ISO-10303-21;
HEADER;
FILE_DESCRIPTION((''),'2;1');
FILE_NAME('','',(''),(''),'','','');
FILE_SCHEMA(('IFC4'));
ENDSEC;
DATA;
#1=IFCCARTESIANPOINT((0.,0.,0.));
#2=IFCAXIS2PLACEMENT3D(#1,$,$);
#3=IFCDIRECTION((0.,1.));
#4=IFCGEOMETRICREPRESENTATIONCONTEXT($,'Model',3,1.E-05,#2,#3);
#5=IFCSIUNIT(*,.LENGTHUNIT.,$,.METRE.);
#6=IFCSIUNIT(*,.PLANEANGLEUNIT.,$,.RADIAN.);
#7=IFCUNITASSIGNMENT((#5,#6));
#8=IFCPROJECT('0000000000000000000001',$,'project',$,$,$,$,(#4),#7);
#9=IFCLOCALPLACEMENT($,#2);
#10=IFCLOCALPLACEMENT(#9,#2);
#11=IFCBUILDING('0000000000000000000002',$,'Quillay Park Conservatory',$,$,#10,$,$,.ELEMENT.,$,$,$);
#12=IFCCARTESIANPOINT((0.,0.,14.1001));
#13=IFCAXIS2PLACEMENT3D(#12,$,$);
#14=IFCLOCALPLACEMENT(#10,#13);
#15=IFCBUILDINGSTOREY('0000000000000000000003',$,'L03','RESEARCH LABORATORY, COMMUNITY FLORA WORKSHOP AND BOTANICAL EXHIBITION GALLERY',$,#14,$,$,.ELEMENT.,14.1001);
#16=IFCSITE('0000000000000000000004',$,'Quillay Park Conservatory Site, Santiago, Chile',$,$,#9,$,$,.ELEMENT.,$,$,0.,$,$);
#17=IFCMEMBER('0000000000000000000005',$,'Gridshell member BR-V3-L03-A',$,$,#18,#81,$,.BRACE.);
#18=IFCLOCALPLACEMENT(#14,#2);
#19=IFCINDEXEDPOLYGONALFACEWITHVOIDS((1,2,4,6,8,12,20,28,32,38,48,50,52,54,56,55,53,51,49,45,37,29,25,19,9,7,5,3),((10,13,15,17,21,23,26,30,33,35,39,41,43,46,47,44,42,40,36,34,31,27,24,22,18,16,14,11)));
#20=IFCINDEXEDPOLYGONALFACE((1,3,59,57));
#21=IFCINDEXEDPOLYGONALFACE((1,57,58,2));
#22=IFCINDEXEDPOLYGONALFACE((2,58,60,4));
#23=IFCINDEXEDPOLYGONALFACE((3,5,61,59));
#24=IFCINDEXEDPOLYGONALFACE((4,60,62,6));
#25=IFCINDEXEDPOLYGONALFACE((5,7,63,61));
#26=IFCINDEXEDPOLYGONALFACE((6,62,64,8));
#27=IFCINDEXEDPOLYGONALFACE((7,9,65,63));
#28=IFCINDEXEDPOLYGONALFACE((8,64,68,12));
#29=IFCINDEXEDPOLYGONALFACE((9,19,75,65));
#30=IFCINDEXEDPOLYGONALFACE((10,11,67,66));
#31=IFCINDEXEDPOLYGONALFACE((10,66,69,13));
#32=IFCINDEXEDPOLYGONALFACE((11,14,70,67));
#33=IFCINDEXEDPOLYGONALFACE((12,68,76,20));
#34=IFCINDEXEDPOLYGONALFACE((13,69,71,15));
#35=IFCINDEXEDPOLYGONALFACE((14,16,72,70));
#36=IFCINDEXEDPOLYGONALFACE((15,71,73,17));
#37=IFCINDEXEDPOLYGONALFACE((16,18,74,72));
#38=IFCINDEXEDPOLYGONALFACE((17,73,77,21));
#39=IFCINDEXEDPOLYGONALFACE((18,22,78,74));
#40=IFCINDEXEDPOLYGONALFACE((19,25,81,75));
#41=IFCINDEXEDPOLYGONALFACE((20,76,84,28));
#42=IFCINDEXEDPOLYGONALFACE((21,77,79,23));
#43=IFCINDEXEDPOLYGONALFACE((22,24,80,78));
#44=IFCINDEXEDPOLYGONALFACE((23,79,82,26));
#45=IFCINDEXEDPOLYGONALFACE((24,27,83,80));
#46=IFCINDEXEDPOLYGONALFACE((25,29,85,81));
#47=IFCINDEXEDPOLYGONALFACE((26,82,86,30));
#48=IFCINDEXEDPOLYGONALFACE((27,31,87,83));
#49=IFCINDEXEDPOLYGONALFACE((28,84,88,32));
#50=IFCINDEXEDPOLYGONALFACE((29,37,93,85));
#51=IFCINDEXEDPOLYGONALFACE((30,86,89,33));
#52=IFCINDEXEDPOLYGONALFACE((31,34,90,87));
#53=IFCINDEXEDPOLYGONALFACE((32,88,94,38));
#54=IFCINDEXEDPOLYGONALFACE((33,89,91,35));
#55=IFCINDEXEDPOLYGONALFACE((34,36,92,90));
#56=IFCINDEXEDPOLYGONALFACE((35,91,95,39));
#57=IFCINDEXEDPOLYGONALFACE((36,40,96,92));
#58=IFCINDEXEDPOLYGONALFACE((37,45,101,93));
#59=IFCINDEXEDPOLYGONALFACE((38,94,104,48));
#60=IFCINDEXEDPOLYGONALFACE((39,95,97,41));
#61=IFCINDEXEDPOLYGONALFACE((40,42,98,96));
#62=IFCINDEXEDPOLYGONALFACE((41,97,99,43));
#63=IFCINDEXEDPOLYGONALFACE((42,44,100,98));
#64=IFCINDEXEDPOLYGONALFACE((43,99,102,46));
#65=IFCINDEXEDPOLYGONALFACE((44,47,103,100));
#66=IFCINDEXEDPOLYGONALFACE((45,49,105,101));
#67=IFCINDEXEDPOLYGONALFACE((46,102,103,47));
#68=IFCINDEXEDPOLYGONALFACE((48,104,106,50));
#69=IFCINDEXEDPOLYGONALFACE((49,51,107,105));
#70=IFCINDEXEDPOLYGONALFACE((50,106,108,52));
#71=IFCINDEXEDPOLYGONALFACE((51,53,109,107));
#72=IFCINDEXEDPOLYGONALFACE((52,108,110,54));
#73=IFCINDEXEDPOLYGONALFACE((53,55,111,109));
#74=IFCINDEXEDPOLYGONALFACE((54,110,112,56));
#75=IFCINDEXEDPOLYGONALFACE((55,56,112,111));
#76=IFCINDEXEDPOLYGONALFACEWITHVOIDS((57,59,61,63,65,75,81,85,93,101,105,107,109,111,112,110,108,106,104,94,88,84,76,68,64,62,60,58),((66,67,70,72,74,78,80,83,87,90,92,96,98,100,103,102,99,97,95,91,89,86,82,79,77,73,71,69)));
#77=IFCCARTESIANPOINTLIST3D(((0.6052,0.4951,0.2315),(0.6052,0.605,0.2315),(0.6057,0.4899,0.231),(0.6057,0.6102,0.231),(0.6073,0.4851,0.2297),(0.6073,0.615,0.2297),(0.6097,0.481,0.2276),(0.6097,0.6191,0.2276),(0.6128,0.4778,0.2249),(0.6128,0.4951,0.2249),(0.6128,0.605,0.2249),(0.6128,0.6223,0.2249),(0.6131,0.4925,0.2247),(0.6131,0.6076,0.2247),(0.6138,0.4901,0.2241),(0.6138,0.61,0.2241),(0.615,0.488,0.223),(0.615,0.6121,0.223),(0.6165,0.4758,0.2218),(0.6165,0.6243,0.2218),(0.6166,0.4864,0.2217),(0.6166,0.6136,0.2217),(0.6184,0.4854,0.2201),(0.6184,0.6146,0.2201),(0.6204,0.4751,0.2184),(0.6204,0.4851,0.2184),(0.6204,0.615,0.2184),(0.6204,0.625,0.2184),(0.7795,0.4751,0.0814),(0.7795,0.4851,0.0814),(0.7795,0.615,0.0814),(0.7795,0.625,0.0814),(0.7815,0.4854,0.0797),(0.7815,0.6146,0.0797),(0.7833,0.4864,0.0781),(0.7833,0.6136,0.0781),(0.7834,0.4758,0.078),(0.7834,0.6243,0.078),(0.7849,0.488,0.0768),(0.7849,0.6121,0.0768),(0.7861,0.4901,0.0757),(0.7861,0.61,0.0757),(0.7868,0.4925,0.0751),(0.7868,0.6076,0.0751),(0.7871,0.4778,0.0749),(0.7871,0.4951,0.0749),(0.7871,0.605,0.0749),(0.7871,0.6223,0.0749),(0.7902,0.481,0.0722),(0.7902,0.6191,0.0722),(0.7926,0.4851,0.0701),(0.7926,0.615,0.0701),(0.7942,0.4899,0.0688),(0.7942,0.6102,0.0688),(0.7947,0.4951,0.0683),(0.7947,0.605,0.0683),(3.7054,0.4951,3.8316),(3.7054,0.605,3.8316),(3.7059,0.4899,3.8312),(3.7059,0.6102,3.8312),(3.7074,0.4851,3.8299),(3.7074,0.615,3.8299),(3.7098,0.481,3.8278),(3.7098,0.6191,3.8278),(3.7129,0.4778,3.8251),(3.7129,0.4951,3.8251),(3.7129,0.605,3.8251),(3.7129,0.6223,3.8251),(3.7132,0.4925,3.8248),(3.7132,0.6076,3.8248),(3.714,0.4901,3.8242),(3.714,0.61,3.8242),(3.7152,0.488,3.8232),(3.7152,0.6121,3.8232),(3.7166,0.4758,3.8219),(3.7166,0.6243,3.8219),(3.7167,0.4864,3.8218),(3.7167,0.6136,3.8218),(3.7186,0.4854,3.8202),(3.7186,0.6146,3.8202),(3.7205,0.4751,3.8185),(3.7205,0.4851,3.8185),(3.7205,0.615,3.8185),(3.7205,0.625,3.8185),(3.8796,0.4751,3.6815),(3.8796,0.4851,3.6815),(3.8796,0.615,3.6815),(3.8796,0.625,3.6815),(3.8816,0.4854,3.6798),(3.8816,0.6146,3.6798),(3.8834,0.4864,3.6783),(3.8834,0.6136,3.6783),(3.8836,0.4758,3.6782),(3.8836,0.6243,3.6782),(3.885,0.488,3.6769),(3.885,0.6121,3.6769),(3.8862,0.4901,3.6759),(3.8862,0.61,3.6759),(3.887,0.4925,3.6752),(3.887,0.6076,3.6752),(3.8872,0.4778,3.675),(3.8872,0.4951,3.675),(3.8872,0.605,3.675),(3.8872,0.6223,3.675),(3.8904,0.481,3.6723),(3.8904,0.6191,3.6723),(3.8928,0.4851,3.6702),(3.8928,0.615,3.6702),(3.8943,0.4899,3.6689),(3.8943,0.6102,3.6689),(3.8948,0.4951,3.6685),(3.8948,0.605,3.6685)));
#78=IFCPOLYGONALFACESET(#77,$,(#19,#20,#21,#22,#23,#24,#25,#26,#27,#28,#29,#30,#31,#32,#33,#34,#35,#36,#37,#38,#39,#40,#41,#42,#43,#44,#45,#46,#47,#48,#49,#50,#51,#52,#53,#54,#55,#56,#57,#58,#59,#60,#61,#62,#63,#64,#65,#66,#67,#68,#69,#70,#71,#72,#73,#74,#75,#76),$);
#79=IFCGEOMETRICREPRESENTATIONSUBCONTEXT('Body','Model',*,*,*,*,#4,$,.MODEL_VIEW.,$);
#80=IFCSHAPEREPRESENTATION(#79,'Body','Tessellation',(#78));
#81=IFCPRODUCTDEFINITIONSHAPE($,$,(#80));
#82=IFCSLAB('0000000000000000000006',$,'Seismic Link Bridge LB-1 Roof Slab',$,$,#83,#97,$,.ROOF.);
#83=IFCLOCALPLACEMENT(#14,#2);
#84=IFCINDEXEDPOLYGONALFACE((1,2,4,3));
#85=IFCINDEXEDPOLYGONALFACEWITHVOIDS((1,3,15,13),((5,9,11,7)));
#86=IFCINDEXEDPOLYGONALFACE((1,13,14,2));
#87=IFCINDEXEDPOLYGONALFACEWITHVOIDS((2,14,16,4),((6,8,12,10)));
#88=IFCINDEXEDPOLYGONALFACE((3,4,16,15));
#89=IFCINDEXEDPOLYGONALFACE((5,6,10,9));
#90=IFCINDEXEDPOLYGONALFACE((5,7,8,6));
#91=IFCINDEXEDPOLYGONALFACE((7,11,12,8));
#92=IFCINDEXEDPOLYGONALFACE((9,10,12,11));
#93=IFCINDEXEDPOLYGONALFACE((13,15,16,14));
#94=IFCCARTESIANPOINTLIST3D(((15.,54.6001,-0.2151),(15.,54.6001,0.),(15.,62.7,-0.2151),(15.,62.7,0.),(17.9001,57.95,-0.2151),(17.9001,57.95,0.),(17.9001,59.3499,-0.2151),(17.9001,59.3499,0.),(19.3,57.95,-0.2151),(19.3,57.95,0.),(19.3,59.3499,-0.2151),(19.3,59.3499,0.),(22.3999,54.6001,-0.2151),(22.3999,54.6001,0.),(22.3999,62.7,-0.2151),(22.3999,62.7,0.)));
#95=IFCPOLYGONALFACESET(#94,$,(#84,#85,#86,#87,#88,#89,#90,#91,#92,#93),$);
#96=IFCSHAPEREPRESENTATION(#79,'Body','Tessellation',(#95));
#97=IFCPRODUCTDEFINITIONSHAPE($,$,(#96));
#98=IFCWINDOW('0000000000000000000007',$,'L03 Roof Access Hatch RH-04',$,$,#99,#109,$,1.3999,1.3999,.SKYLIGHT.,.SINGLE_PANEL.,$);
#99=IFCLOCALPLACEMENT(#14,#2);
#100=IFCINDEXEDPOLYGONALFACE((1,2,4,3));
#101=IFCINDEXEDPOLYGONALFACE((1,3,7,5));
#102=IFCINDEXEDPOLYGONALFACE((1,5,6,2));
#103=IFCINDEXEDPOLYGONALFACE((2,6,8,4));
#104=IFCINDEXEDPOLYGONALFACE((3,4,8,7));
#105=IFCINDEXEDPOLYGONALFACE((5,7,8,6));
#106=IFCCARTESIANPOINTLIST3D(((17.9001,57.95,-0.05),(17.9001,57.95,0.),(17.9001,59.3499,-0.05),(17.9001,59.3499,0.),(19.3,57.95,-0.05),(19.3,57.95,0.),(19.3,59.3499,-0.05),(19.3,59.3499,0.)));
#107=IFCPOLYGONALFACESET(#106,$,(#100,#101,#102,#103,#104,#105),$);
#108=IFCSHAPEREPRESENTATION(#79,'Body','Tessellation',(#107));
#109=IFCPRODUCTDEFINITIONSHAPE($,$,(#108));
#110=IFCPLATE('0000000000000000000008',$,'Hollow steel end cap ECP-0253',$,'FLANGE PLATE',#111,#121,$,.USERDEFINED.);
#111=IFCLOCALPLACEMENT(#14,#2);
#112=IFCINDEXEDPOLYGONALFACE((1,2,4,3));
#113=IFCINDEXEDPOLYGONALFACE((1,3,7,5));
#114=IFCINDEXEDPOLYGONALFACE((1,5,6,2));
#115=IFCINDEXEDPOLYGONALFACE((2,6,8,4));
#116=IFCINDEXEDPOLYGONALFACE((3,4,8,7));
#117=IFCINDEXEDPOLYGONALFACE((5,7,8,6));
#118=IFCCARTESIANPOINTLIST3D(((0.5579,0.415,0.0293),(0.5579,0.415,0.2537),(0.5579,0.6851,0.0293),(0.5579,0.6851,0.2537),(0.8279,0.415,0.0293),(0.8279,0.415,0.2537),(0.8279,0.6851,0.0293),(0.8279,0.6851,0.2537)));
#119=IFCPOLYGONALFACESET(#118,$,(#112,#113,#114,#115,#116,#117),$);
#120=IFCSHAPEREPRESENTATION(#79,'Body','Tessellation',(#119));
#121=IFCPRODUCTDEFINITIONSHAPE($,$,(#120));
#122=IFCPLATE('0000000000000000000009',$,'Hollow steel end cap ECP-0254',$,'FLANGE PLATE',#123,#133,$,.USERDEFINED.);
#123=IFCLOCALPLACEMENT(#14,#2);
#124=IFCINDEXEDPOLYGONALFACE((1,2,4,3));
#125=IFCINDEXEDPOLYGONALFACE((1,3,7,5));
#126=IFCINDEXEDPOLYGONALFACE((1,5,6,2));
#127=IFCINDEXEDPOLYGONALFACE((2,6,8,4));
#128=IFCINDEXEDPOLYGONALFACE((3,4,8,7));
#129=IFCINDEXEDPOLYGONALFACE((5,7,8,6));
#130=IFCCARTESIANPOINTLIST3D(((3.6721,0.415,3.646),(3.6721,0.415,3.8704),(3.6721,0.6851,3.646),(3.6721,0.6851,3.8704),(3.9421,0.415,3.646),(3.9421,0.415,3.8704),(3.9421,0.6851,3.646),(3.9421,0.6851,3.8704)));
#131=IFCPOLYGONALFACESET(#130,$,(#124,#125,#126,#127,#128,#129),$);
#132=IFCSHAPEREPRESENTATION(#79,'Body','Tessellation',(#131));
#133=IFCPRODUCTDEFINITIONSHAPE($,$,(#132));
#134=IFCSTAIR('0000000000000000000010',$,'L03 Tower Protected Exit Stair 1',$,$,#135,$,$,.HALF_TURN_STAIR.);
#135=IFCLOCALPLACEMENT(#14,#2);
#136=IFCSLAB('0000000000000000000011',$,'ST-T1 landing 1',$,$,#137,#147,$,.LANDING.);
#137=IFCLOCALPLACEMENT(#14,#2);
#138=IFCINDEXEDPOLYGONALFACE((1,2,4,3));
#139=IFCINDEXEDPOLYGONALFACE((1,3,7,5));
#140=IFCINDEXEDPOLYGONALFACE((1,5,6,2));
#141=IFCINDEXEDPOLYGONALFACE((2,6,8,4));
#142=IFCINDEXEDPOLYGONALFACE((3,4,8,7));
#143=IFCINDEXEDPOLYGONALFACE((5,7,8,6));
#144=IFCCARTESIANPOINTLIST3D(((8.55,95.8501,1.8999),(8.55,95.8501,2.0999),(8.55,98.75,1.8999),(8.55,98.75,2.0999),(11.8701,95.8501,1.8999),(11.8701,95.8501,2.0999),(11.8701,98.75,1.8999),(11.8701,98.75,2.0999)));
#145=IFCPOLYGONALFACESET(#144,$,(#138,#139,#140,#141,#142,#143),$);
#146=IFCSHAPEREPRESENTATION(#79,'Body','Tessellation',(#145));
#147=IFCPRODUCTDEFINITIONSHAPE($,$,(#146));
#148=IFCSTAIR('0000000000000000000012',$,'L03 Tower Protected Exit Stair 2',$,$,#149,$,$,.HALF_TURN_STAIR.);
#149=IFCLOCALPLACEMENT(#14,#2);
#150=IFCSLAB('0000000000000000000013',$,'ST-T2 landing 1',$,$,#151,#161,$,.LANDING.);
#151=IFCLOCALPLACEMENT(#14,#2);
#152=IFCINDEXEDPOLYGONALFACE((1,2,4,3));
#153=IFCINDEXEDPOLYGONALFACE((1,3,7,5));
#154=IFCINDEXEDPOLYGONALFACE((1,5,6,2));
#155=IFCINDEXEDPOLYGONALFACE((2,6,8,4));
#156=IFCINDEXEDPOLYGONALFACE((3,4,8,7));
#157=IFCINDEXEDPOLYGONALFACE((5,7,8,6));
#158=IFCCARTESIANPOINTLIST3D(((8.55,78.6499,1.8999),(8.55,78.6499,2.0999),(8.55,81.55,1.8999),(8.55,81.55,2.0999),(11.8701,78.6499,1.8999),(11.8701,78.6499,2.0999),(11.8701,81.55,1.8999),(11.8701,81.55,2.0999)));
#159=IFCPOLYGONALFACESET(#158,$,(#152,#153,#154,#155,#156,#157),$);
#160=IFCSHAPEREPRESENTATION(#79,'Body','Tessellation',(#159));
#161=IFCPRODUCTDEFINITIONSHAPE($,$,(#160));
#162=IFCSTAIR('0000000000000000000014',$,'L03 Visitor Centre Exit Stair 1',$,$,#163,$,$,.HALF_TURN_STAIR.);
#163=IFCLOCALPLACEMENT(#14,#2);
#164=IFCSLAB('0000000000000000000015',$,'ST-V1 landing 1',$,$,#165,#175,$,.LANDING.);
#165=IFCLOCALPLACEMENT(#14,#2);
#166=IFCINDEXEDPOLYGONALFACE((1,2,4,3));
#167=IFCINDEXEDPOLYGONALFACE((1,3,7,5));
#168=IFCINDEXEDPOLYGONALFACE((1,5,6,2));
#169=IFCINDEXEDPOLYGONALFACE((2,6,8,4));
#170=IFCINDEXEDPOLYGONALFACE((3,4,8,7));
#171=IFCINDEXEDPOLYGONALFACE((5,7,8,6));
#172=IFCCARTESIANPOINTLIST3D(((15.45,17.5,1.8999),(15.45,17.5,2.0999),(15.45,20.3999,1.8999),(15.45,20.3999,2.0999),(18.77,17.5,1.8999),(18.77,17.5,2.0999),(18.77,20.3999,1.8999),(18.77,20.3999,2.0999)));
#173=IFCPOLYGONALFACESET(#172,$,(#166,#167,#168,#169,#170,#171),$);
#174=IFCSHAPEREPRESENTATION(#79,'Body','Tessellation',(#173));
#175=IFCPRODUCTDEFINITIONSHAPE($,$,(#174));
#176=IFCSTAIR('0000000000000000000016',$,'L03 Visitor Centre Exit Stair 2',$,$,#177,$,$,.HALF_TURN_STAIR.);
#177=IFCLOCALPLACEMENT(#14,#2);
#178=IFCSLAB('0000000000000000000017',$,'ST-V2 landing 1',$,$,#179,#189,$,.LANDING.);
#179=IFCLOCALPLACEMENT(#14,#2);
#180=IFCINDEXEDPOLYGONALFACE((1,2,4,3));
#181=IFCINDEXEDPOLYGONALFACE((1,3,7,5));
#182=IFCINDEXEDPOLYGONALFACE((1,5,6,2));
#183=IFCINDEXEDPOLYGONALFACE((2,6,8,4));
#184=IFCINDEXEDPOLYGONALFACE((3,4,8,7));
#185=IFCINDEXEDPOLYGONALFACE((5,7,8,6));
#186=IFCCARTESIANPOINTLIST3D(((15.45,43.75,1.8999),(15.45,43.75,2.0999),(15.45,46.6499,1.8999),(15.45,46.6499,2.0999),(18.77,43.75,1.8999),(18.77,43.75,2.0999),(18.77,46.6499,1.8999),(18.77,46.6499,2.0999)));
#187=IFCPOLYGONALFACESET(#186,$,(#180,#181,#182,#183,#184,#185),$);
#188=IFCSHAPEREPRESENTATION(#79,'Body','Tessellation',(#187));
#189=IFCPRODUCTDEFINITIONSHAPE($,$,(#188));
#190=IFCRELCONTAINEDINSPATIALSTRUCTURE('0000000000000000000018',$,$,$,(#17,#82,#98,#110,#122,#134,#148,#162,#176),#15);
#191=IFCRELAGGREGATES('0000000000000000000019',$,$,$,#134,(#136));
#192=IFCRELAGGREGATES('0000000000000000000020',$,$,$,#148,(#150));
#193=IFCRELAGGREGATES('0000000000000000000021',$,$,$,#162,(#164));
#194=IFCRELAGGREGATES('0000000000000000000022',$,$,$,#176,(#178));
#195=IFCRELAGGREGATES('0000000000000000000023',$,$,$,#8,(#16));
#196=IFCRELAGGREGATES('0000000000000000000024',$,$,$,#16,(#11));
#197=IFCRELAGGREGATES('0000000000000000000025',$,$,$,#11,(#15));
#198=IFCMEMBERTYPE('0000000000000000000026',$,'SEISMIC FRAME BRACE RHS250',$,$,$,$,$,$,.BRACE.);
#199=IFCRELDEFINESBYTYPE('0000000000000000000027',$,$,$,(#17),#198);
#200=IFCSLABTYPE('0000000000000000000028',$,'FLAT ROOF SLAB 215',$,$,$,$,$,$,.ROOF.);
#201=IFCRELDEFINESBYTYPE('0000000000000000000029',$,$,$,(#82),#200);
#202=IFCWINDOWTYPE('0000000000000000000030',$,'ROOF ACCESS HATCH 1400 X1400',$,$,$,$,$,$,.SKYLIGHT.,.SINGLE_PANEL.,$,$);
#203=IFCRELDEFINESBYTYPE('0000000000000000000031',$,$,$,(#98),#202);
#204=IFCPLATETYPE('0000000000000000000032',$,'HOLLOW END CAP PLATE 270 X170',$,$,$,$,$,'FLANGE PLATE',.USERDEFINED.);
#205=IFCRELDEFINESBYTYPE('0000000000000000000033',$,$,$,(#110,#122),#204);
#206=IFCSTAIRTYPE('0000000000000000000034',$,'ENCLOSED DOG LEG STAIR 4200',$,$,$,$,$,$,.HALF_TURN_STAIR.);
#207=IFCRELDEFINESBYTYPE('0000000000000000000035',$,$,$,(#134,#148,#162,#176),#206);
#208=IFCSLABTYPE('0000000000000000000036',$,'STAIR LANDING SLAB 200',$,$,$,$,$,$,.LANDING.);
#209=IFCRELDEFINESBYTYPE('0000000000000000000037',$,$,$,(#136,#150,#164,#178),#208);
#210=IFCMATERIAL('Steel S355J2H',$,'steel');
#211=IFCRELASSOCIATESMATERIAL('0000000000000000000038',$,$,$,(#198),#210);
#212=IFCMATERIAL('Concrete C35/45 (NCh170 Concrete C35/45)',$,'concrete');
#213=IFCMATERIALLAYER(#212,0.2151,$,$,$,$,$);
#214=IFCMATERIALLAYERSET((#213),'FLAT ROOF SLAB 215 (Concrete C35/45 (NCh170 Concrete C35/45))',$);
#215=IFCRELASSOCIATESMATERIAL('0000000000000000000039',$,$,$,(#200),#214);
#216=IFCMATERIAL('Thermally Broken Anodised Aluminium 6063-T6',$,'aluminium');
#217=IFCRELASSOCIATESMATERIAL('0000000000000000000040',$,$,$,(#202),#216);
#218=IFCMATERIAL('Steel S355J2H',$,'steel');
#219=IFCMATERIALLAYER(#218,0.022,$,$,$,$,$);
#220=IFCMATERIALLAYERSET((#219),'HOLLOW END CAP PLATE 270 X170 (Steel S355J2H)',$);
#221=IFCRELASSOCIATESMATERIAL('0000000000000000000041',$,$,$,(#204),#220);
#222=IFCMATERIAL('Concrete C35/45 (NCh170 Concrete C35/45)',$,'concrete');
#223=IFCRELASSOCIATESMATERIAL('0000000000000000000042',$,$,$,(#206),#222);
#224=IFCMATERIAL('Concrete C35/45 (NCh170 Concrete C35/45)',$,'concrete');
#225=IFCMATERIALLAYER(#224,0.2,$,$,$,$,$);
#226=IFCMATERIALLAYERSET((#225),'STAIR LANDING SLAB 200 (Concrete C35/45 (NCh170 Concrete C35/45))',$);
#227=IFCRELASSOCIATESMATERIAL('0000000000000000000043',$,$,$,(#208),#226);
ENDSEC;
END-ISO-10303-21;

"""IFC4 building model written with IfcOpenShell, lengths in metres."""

from ifc_helpers import new_model, si_unit, direction, frame, origin, origin_2d, place, context, subcontext, project, spatial, polyline, rectangle, hollow_rectangle, outline, extrude, material, layer, layer_set, material_profile, profile_set, type_object, element, fill, aggregate, save


model = new_model("IFC4")

# Units and contexts
model_context = context("Model", 3, precision=1e-05, world=origin(), true_north=direction((0.0, 1.0)))
body_context = subcontext(model_context, "Body", "Model", "MODEL_VIEW")
ifc_project = project(units=[si_unit("LENGTHUNIT", "METRE"), si_unit("PLANEANGLEUNIT", "RADIAN")], contexts=[model_context])

# Site, building, storey
site_placement = place(None, origin())
site = spatial("IfcSite", under=ifc_project, at=site_placement, Name="Quillay Park Conservatory Site, Santiago, Chile", CompositionType="ELEMENT", RefElevation=0.0)
building_placement = place(site_placement, origin())
building = spatial("IfcBuilding", under=site, at=building_placement, Name="Quillay Park Conservatory", CompositionType="ELEMENT")
storey_placement = place(building_placement, frame((0.0, 0.0, 14.1001)))
storey = spatial("IfcBuildingStorey", under=building, at=storey_placement, Name="L03", Description="RESEARCH LABORATORY, COMMUNITY FLORA WORKSHOP AND BOTANICAL EXHIBITION GALLERY", CompositionType="ELEMENT", Elevation=14.1001)

# Member
ifc_material_1 = material(Name="Steel S355J2H", Category="steel")
ifc_material_profile_1 = material_profile(ifc_material_1, hollow_rectangle(XDim=0.1499, YDim=0.25, WallThickness=0.01, InnerFilletRadius=0.01, OuterFilletRadius=0.02, at=origin_2d()), Name="RHS250x150x10")
ifc_profile_set_1 = profile_set([ifc_material_profile_1], Name="Steel S355J2H")
member_type_1 = type_object("IfcMemberType", Name="SEISMIC FRAME BRACE RHS250", PredefinedType="BRACE", material=ifc_profile_set_1)
member_1_placement = place(storey_placement, frame((0.7, 0.55, 0.1499), z_axis=(0.652525, 0.0, 0.757767), x_axis=(0.0, 1.0, 0.0)))
element("IfcMember", 1, at=member_1_placement, inside=storey, type_object=member_type_1, Name="Gridshell member BR-V3-L03-A", PredefinedType="BRACE", context=body_context, shape_type="SweptSolid", body=[
    extrude(hollow_rectangle(XDim=0.1499, YDim=0.25, WallThickness=0.01, InnerFilletRadius=0.01, OuterFilletRadius=0.02, at=origin_2d()), origin(), (0.0, 0.0, 1.0), 4.751),
])

# Slab, opening, window
ifc_material_2 = material(Name="Concrete C35/45 (NCh170 Concrete C35/45)", Category="concrete")
ifc_layer_1 = layer(ifc_material_2, 0.2151)
ifc_layer_set_1 = layer_set([ifc_layer_1], Name="FLAT ROOF SLAB 215 (Concrete C35/45 (NCh170 Concrete C35/45))")
slab_type_1 = type_object("IfcSlabType", Name="FLAT ROOF SLAB 215", PredefinedType="ROOF", material=ifc_layer_set_1)
slab_1_placement = place(storey_placement, frame((0.0, 0.0, -0.2151)))
slab_1 = element("IfcSlab", 2, at=slab_1_placement, inside=storey, type_object=slab_type_1, Name="Seismic Link Bridge LB-1 Roof Slab", PredefinedType="ROOF", context=body_context, shape_type="SweptSolid", body=[
    extrude(outline(polyline([(15.0, 54.6001), (22.3999, 54.6001), (22.3999, 62.7), (15.0, 62.7), (15.0, 54.6001)])), origin(), (0.0, 0.0, 1.0), 0.2151),
])
opening_1_placement = place(slab_1_placement, frame((18.6001, 58.6499, 0.0)))
opening_1 = element("IfcOpeningElement", 3, at=opening_1_placement, cuts=slab_1, PredefinedType="OPENING", context=body_context, shape_type="SweptSolid", body=[
    extrude(rectangle(XDim=1.3999, YDim=1.3999, at=origin_2d()), origin(), (0.0, 0.0, 1.0), 0.2151),
])
ifc_material_3 = material(Name="Thermally Broken Anodised Aluminium 6063-T6", Category="aluminium")
window_type_1 = type_object("IfcWindowType", Name="ROOF ACCESS HATCH 1400 X1400", PartitioningType="SINGLE_PANEL", PredefinedType="SKYLIGHT", material=ifc_material_3)
window_1_placement = place(opening_1_placement, frame((0.0, 0.0, 0.165)))
window_1 = element("IfcWindow", 4, at=window_1_placement, inside=storey, type_object=window_type_1, Name="L03 Roof Access Hatch RH-04", OverallHeight=1.3999, OverallWidth=1.3999, PartitioningType="SINGLE_PANEL", PredefinedType="SKYLIGHT", context=body_context, shape_type="SweptSolid", body=[
    extrude(rectangle(XDim=1.3999, YDim=1.3999, at=origin_2d()), origin(), (0.0, 0.0, 1.0), 0.05),
])
fill(opening_1, window_1)

# Plates
ifc_material_4 = material(Name="Steel S355J2H", Category="steel")
ifc_layer_2 = layer(ifc_material_4, 0.022)
ifc_layer_set_2 = layer_set([ifc_layer_2], Name="HOLLOW END CAP PLATE 270 X170 (Steel S355J2H)")
plate_type = type_object("IfcPlateType", Name="HOLLOW END CAP PLATE 270 X170", ElementType="FLANGE PLATE", PredefinedType="USERDEFINED", material=ifc_layer_set_2)
for number, where, z_axis, x_axis, name in (
    (5, (0.6929, 0.55, 0.0293), (0.0, 0.0, 1.0), (1.0, 0.0, 0.0), "Hollow steel end cap ECP-0253"),
    (6, (3.8071, 0.55, 3.646), (0.0, 0.0, 1.0), (1.0, 0.0, 0.0), "Hollow steel end cap ECP-0254"),
):
    element("IfcPlate", number, at=place(storey_placement, frame(where, z_axis=z_axis, x_axis=x_axis)), inside=storey, type_object=plate_type, Name=name, ObjectType="FLANGE PLATE", PredefinedType="USERDEFINED", context=body_context, shape_type="SweptSolid", body=[
        extrude(rectangle(XDim=0.27, YDim=0.27, at=origin_2d()), origin(), (0.0, 0.0, 1.0), 0.2244),
    ])

# Stairs, slabs
ifc_material_5 = material(Name="Concrete C35/45 (NCh170 Concrete C35/45)", Category="concrete")
stair_type = type_object("IfcStairType", Name="ENCLOSED DOG LEG STAIR 4200", PredefinedType="HALF_TURN_STAIR", material=ifc_material_5)
stair_1_placement = place(storey_placement, origin())
stair_1 = element("IfcStair", 7, at=stair_1_placement, inside=storey, type_object=stair_type, Name="L03 Tower Protected Exit Stair 1", PredefinedType="HALF_TURN_STAIR")
ifc_material_6 = material(Name="Concrete C35/45 (NCh170 Concrete C35/45)", Category="concrete")
ifc_layer_3 = layer(ifc_material_6, 0.2)
ifc_layer_set_3 = layer_set([ifc_layer_3], Name="STAIR LANDING SLAB 200 (Concrete C35/45 (NCh170 Concrete C35/45))")
slab_type_2 = type_object("IfcSlabType", Name="STAIR LANDING SLAB 200", PredefinedType="LANDING", material=ifc_layer_set_3)
slab_2_placement = place(storey_placement, frame((0.0, 0.0, 1.8999)))
slab_2 = element("IfcSlab", 8, at=slab_2_placement, type_object=slab_type_2, Name="ST-T1 landing 1", PredefinedType="LANDING", context=body_context, shape_type="SweptSolid", body=[
    extrude(outline(polyline([(11.8701, 95.8501), (11.8701, 98.75), (8.55, 98.75), (8.55, 95.8501), (11.8701, 95.8501)])), origin(), (0.0, 0.0, 1.0), 0.2),
])
aggregate(stair_1, [slab_2])
stair_2_placement = place(storey_placement, origin())
stair_2 = element("IfcStair", 9, at=stair_2_placement, inside=storey, type_object=stair_type, Name="L03 Tower Protected Exit Stair 2", PredefinedType="HALF_TURN_STAIR")
slab_3_placement = place(storey_placement, frame((0.0, 0.0, 1.8999)))
slab_3 = element("IfcSlab", 10, at=slab_3_placement, type_object=slab_type_2, Name="ST-T2 landing 1", PredefinedType="LANDING", context=body_context, shape_type="SweptSolid", body=[
    extrude(outline(polyline([(8.55, 81.55), (8.55, 78.6499), (11.8701, 78.6499), (11.8701, 81.55), (8.55, 81.55)])), origin(), (0.0, 0.0, 1.0), 0.2),
])
aggregate(stair_2, [slab_3])
stair_3_placement = place(storey_placement, origin())
stair_3 = element("IfcStair", 11, at=stair_3_placement, inside=storey, type_object=stair_type, Name="L03 Visitor Centre Exit Stair 1", PredefinedType="HALF_TURN_STAIR")
slab_4_placement = place(storey_placement, frame((0.0, 0.0, 1.8999)))
slab_4 = element("IfcSlab", 12, at=slab_4_placement, type_object=slab_type_2, Name="ST-V1 landing 1", PredefinedType="LANDING", context=body_context, shape_type="SweptSolid", body=[
    extrude(outline(polyline([(15.45, 20.3999), (15.45, 17.5), (18.77, 17.5), (18.77, 20.3999), (15.45, 20.3999)])), origin(), (0.0, 0.0, 1.0), 0.2),
])
aggregate(stair_3, [slab_4])
stair_4_placement = place(storey_placement, origin())
stair_4 = element("IfcStair", 13, at=stair_4_placement, inside=storey, type_object=stair_type, Name="L03 Visitor Centre Exit Stair 2", PredefinedType="HALF_TURN_STAIR")
slab_5_placement = place(storey_placement, frame((0.0, 0.0, 1.8999)))
slab_5 = element("IfcSlab", 14, at=slab_5_placement, type_object=slab_type_2, Name="ST-V2 landing 1", PredefinedType="LANDING", context=body_context, shape_type="SweptSolid", body=[
    extrude(outline(polyline([(18.77, 43.75), (18.77, 46.6499), (15.45, 46.6499), (15.45, 43.75), (18.77, 43.75)])), origin(), (0.0, 0.0, 1.0), 0.2),
])
aggregate(stair_4, [slab_5])

save(model, "model.ifc")
